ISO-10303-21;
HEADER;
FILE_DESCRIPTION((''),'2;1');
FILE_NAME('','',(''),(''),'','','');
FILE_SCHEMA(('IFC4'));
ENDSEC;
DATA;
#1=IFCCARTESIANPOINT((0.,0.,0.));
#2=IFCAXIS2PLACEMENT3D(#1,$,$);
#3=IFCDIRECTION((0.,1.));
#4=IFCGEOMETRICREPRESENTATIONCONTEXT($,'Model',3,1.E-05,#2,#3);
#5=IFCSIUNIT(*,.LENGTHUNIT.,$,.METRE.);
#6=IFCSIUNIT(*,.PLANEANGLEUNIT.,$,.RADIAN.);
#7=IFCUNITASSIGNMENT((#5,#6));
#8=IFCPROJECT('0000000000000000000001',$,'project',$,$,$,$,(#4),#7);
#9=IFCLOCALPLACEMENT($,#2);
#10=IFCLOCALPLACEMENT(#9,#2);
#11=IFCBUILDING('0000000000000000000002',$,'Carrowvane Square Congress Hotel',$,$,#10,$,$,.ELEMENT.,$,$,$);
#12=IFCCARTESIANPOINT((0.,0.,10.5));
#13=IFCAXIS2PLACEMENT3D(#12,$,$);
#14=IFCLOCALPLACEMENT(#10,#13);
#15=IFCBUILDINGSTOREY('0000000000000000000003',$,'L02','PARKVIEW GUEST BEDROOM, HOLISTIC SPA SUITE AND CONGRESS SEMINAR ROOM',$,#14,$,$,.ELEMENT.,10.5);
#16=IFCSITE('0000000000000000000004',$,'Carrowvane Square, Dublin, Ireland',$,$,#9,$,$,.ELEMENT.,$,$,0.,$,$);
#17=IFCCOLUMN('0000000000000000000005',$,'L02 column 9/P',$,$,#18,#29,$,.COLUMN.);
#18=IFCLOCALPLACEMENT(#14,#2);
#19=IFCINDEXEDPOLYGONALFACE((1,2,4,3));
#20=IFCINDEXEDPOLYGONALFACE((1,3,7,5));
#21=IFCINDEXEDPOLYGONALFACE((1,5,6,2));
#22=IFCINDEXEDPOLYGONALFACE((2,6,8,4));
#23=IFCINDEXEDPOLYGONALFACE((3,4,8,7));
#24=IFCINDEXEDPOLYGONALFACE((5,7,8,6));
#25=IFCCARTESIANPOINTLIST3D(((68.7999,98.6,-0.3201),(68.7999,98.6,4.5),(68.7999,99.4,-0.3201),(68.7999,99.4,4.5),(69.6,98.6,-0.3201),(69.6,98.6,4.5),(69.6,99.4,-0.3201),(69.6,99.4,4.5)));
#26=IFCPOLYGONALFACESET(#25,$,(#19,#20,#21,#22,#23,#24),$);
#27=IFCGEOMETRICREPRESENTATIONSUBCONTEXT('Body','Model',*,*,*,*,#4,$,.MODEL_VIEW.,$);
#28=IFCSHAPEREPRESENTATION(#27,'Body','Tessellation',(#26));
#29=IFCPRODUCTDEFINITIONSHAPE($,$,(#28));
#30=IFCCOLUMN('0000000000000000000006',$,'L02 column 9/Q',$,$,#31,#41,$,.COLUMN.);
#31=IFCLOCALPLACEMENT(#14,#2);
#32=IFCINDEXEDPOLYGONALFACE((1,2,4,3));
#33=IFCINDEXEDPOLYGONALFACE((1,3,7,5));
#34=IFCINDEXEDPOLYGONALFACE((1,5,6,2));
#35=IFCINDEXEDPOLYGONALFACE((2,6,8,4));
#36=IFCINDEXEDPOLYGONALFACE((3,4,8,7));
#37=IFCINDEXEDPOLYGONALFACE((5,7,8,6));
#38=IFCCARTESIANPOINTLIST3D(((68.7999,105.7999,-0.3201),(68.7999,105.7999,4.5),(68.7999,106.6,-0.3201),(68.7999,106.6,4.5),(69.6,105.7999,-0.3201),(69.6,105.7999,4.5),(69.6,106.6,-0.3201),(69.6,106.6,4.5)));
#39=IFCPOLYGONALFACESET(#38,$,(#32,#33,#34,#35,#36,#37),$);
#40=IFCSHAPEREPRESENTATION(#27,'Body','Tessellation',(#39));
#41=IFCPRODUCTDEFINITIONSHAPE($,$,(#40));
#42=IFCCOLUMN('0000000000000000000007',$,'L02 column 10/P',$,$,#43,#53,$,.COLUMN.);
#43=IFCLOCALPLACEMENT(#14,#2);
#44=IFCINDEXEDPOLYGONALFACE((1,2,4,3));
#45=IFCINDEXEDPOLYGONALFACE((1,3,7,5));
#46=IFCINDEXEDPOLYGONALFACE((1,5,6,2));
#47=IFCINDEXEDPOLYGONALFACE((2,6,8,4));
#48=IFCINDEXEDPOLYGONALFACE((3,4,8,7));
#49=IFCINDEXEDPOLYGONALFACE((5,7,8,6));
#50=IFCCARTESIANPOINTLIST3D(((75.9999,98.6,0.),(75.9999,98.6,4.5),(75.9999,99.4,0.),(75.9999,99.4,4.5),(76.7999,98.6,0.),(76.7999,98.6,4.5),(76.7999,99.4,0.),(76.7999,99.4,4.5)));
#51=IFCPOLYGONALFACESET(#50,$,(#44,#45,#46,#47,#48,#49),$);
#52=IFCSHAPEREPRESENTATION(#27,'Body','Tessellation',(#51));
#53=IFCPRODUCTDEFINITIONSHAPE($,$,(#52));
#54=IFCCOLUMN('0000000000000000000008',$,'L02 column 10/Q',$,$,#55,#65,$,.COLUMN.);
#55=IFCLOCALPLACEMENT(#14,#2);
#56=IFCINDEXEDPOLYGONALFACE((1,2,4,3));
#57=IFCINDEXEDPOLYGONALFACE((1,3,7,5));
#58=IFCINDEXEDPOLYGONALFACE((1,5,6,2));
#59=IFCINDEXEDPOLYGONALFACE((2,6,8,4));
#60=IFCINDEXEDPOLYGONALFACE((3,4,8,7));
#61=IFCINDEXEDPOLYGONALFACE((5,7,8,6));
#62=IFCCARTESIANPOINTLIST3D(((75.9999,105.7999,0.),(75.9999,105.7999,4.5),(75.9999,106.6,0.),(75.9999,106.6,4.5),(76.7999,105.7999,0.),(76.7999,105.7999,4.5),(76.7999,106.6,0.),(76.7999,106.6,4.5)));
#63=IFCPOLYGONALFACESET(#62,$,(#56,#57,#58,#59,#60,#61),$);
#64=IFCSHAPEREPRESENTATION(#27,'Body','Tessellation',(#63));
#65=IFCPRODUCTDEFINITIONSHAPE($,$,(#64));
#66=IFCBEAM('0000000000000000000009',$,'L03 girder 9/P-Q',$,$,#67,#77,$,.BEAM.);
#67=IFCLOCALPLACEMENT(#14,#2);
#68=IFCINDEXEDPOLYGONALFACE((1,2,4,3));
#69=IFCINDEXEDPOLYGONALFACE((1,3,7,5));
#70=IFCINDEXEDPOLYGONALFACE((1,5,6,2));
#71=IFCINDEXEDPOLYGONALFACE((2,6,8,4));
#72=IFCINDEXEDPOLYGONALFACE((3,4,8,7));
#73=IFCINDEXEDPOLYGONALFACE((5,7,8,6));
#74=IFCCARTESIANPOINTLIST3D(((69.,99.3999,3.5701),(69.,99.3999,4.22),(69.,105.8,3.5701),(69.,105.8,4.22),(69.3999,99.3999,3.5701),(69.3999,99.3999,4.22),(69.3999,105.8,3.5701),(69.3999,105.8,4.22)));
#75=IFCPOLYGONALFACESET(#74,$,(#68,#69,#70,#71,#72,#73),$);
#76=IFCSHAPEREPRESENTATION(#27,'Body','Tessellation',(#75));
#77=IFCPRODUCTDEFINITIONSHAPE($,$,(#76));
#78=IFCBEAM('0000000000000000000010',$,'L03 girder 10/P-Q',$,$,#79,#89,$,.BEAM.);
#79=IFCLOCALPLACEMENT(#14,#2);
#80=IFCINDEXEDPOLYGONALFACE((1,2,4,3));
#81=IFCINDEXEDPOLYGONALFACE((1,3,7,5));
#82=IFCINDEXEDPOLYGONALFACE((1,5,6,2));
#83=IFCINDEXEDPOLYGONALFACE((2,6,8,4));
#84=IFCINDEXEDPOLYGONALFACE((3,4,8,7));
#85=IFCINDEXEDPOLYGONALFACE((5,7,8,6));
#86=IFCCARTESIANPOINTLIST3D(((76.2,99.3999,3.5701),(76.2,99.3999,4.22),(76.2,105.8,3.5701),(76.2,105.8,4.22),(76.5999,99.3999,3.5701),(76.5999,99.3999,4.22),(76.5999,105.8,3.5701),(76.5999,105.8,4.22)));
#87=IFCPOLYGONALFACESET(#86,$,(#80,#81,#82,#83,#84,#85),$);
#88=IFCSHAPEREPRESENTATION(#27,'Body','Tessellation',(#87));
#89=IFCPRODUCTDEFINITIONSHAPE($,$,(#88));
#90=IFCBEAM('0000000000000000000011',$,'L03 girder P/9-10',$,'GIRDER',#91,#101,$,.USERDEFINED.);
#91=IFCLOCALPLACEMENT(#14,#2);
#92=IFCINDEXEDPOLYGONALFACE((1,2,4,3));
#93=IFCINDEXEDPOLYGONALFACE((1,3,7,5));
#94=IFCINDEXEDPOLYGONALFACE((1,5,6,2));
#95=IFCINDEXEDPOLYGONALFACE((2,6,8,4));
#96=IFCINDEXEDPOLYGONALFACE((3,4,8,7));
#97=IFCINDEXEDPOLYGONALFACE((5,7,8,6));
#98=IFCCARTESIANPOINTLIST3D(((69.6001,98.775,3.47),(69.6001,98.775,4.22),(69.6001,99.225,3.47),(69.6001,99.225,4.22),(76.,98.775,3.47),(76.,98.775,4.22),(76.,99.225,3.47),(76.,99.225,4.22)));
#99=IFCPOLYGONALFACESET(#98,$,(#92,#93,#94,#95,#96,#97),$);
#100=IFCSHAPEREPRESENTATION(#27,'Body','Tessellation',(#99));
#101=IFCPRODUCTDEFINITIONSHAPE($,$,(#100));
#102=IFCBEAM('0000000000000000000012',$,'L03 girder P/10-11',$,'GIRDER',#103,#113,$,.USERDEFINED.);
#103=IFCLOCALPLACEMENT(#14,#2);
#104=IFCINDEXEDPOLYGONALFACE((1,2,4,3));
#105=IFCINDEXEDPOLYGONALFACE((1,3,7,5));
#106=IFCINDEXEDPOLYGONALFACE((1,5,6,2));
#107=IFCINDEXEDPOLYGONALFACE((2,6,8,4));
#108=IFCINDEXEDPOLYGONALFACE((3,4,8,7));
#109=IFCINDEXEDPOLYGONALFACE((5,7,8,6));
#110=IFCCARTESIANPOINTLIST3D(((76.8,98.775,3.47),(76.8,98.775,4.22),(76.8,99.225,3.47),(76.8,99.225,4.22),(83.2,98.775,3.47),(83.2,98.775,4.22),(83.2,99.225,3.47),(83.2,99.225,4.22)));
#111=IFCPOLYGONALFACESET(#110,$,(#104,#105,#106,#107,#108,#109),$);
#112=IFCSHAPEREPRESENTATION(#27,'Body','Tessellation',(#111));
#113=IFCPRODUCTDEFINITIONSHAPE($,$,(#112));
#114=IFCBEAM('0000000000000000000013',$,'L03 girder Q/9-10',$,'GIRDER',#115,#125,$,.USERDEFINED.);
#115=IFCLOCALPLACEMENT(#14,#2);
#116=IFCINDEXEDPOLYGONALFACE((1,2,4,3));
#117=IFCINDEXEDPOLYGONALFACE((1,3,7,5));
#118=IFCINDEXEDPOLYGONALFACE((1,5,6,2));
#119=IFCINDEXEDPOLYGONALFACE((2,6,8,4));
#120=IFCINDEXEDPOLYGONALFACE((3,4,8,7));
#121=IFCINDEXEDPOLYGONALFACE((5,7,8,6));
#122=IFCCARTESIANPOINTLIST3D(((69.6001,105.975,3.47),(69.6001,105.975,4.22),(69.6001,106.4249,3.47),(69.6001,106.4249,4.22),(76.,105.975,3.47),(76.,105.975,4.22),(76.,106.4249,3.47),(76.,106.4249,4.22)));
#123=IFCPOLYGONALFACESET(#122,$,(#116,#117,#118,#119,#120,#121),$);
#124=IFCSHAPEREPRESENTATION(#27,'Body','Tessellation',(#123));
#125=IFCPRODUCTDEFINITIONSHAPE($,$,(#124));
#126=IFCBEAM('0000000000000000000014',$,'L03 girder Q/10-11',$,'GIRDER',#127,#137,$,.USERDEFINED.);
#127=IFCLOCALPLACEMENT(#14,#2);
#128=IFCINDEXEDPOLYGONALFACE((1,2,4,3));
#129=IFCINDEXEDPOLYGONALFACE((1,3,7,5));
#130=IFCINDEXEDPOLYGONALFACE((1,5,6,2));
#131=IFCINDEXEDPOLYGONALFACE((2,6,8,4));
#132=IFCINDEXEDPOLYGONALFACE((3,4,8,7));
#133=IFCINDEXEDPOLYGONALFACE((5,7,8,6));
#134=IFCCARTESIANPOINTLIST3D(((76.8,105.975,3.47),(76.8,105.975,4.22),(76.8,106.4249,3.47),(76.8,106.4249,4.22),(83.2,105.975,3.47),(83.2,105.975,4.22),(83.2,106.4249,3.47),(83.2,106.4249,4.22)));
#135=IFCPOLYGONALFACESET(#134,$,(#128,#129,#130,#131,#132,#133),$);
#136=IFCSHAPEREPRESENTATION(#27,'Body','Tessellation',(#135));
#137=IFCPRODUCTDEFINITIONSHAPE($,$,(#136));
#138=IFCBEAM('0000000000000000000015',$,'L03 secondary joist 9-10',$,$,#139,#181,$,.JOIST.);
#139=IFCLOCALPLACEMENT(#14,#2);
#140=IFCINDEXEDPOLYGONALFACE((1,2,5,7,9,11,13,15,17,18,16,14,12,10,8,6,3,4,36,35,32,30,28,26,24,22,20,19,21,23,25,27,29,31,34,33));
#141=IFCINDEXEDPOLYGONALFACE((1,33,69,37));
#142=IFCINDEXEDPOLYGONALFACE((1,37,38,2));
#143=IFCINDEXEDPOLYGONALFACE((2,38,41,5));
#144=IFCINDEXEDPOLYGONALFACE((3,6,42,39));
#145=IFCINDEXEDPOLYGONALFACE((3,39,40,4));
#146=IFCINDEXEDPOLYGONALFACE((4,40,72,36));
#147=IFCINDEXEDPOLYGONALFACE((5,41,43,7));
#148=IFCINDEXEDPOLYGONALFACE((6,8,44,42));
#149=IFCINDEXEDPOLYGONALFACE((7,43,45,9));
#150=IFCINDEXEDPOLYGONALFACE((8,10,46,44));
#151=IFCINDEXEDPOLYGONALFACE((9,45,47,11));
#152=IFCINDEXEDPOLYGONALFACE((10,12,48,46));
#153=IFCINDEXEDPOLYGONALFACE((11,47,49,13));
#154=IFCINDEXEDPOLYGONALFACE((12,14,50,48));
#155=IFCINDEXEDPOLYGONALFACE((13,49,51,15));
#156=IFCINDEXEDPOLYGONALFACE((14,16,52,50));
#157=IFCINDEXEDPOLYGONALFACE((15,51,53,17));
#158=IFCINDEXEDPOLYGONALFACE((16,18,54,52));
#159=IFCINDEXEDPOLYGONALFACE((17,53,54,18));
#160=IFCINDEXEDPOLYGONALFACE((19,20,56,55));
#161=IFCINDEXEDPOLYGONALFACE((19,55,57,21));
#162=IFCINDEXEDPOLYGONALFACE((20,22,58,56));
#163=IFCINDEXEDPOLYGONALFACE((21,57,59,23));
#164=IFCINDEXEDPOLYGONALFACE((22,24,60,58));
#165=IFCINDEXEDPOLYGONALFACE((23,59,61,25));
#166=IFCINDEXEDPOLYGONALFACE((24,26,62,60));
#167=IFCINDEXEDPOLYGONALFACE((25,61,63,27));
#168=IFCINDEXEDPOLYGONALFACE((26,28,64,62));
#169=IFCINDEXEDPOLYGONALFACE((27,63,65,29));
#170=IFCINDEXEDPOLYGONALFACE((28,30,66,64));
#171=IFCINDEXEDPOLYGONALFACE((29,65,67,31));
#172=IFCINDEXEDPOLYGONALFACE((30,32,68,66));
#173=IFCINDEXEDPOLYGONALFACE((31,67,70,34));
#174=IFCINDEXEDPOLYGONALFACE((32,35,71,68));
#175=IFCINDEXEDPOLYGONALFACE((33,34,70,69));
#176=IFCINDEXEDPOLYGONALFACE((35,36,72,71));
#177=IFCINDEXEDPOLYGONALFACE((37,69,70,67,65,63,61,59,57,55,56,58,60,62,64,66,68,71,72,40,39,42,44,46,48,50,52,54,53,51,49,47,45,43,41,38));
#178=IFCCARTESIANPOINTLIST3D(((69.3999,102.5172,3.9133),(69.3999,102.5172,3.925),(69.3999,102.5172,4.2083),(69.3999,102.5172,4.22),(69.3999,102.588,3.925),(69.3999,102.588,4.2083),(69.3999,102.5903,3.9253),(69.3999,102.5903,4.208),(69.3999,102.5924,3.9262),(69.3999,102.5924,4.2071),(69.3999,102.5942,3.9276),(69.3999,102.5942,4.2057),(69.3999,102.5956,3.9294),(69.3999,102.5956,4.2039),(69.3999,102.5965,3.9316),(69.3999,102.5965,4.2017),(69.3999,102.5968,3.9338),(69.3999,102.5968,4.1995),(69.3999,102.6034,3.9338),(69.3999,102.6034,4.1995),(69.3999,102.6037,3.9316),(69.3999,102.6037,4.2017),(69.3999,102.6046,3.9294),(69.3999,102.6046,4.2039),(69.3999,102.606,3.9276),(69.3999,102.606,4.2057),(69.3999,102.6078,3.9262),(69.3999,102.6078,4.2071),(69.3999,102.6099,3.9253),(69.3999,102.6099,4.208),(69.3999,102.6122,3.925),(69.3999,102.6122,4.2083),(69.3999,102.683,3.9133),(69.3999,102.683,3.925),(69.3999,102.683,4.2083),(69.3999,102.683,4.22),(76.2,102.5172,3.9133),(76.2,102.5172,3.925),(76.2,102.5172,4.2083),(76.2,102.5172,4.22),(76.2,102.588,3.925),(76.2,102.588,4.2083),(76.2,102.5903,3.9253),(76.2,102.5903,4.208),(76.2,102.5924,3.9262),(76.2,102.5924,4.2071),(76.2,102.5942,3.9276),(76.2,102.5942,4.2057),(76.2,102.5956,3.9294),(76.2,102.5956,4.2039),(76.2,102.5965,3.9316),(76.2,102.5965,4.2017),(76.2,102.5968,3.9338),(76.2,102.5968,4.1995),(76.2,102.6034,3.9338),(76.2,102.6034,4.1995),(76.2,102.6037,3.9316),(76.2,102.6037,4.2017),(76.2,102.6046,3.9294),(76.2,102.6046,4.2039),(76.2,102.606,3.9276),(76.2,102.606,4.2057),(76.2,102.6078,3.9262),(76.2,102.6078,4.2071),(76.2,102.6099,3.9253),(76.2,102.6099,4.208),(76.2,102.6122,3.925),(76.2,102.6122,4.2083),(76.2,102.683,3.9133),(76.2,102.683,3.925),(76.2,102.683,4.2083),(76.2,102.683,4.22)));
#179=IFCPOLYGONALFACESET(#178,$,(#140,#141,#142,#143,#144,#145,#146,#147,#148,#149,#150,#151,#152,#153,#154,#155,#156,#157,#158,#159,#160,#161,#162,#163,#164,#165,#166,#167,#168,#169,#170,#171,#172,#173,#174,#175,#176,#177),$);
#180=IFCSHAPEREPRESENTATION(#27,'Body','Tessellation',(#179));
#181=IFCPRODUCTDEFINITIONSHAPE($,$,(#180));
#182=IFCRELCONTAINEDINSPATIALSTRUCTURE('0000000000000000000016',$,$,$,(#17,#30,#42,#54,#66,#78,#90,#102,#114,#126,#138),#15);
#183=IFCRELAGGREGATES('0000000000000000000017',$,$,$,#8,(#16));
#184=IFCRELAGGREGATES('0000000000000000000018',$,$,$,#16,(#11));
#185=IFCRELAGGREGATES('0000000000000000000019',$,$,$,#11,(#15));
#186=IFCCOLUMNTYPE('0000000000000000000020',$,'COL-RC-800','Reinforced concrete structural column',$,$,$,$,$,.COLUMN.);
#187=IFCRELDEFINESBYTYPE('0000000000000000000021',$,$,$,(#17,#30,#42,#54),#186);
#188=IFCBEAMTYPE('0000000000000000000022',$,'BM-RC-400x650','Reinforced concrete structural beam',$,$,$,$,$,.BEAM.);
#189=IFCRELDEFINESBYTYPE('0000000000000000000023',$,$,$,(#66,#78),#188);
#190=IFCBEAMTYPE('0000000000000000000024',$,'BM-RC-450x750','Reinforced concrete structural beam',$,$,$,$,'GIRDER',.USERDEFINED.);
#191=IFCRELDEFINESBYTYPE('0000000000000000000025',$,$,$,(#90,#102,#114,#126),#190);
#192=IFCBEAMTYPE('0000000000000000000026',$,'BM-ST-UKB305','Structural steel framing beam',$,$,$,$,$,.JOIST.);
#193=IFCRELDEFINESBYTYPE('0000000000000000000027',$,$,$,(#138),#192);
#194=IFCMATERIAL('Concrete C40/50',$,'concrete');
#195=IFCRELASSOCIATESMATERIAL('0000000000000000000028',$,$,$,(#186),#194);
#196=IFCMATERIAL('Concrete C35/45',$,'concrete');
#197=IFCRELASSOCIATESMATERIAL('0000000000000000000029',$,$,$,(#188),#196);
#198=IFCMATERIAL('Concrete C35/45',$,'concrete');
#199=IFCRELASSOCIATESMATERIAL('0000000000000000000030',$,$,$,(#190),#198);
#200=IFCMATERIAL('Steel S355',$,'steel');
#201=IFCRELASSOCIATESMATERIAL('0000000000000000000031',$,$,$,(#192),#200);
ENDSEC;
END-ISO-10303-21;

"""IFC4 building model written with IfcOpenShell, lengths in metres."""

from ifc_helpers import new_model, si_unit, direction, frame, origin, origin_2d, place, context, subcontext, project, spatial, rectangle, i_section, extrude, material, material_profile, profile_set, type_object, element, save


model = new_model("IFC4")

# Units and contexts
model_context = context("Model", 3, precision=1e-05, world=origin(), true_north=direction((0.0, 1.0)))
body_context = subcontext(model_context, "Body", "Model", "MODEL_VIEW")
ifc_project = project(units=[si_unit("LENGTHUNIT", "METRE"), si_unit("PLANEANGLEUNIT", "RADIAN")], contexts=[model_context])

# Site, building, storey
site_placement = place(None, origin())
site = spatial("IfcSite", under=ifc_project, at=site_placement, Name="Carrowvane Square, Dublin, Ireland", CompositionType="ELEMENT", RefElevation=0.0)
building_placement = place(site_placement, origin())
building = spatial("IfcBuilding", under=site, at=building_placement, Name="Carrowvane Square Congress Hotel", CompositionType="ELEMENT")
storey_placement = place(building_placement, frame((0.0, 0.0, 10.5)))
storey = spatial("IfcBuildingStorey", under=building, at=storey_placement, Name="L02", Description="PARKVIEW GUEST BEDROOM, HOLISTIC SPA SUITE AND CONGRESS SEMINAR ROOM", CompositionType="ELEMENT", Elevation=10.5)

# Columns
ifc_material_1 = material(Name="Concrete C40/50", Category="concrete")
ifc_material_profile_1 = material_profile(ifc_material_1, rectangle(XDim=0.8, YDim=0.8, at=origin_2d()), Name="RC 800x800")
ifc_profile_set_1 = profile_set([ifc_material_profile_1], Name="Concrete C40/50")
column_type = type_object("IfcColumnType", Name="COL-RC-800", Description="Reinforced concrete structural column", PredefinedType="COLUMN", material=ifc_profile_set_1)
for number, where, z_axis, x_axis, name in (
    (1, (69.2, 99.0, -0.3201), (0.0, 0.0, 1.0), (1.0, 0.0, 0.0), "L02 column 9/P"),
    (2, (69.2, 106.2, -0.3201), (0.0, 0.0, 1.0), (1.0, 0.0, 0.0), "L02 column 9/Q"),
):
    element("IfcColumn", number, at=place(storey_placement, frame(where, z_axis=z_axis, x_axis=x_axis)), inside=storey, type_object=column_type, Name=name, PredefinedType="COLUMN", context=body_context, shape_type="SweptSolid", body=[
        extrude(rectangle(XDim=0.8, YDim=0.8, at=origin_2d()), origin(), (0.0, 0.0, 1.0), 4.8201),
    ])
for number, where, z_axis, x_axis, name in (
    (3, (76.3999, 99.0, 0.0), (0.0, 0.0, 1.0), (1.0, 0.0, 0.0), "L02 column 10/P"),
    (4, (76.3999, 106.2, 0.0), (0.0, 0.0, 1.0), (1.0, 0.0, 0.0), "L02 column 10/Q"),
):
    element("IfcColumn", number, at=place(storey_placement, frame(where, z_axis=z_axis, x_axis=x_axis)), inside=storey, type_object=column_type, Name=name, PredefinedType="COLUMN", context=body_context, shape_type="SweptSolid", body=[
        extrude(rectangle(XDim=0.8, YDim=0.8, at=origin_2d()), origin(), (0.0, 0.0, 1.0), 4.5),
    ])

# Beams
ifc_material_2 = material(Name="Concrete C35/45", Category="concrete")
ifc_material_profile_2 = material_profile(ifc_material_2, rectangle(XDim=0.3999, YDim=0.6499, at=origin_2d()), Name="RC 400x650")
ifc_profile_set_2 = profile_set([ifc_material_profile_2], Name="Concrete C35/45")
beam_type_1 = type_object("IfcBeamType", Name="BM-RC-400x650", Description="Reinforced concrete structural beam", PredefinedType="BEAM", material=ifc_profile_set_2)
for number, where, z_axis, x_axis, name in (
    (5, (69.2, 99.3999, 3.895), (0.0, 1.0, 0.0), (-1.0, 0.0, 0.0), "L03 girder 9/P-Q"),
    (6, (76.3999, 99.3999, 3.895), (0.0, 1.0, 0.0), (-1.0, 0.0, 0.0), "L03 girder 10/P-Q"),
):
    element("IfcBeam", number, at=place(storey_placement, frame(where, z_axis=z_axis, x_axis=x_axis)), inside=storey, type_object=beam_type_1, Name=name, PredefinedType="BEAM", context=body_context, shape_type="SweptSolid", body=[
        extrude(rectangle(XDim=0.3999, YDim=0.6499, at=origin_2d()), origin(), (0.0, 0.0, 1.0), 6.4001),
    ])
ifc_material_3 = material(Name="Concrete C35/45", Category="concrete")
ifc_material_profile_3 = material_profile(ifc_material_3, rectangle(XDim=0.45, YDim=0.75, at=origin_2d()), Name="RC 450x750")
ifc_profile_set_3 = profile_set([ifc_material_profile_3], Name="Concrete C35/45")
beam_type_2 = type_object("IfcBeamType", Name="BM-RC-450x750", Description="Reinforced concrete structural beam", ElementType="GIRDER", PredefinedType="USERDEFINED", material=ifc_profile_set_3)
for number, where, z_axis, x_axis, name in (
    (7, (69.6001, 99.0, 3.845), (1.0, 0.0, 0.0), (0.0, 1.0, 0.0), "L03 girder P/9-10"),
    (8, (76.8, 99.0, 3.845), (1.0, 0.0, 0.0), (0.0, 1.0, 0.0), "L03 girder P/10-11"),
    (9, (69.6001, 106.2, 3.845), (1.0, 0.0, 0.0), (0.0, 1.0, 0.0), "L03 girder Q/9-10"),
    (10, (76.8, 106.2, 3.845), (1.0, 0.0, 0.0), (0.0, 1.0, 0.0), "L03 girder Q/10-11"),
):
    element("IfcBeam", number, at=place(storey_placement, frame(where, z_axis=z_axis, x_axis=x_axis)), inside=storey, type_object=beam_type_2, Name=name, ObjectType="GIRDER", PredefinedType="USERDEFINED", context=body_context, shape_type="SweptSolid", body=[
        extrude(rectangle(XDim=0.45, YDim=0.75, at=origin_2d()), origin(), (0.0, 0.0, 1.0), 6.3999),
    ])
ifc_material_4 = material(Name="Steel S355", Category="steel")
ifc_material_profile_4 = material_profile(ifc_material_4, i_section(OverallWidth=0.1658, OverallDepth=0.3066, WebThickness=0.0066, FlangeThickness=0.0117, FilletRadius=0.0088, at=origin_2d()), Name="UKB 305x165x46")
ifc_profile_set_4 = profile_set([ifc_material_profile_4], Name="Steel S355")
beam_type_3 = type_object("IfcBeamType", Name="BM-ST-UKB305", Description="Structural steel framing beam", PredefinedType="JOIST", material=ifc_profile_set_4)
beam_1_placement = place(storey_placement, frame((69.3999, 102.6001, 4.0667), z_axis=(1.0, 0.0, 0.0), x_axis=(0.0, 1.0, 0.0)))
element("IfcBeam", 11, at=beam_1_placement, inside=storey, type_object=beam_type_3, Name="L03 secondary joist 9-10", PredefinedType="JOIST", context=body_context, shape_type="SweptSolid", body=[
    extrude(i_section(OverallWidth=0.1658, OverallDepth=0.3066, WebThickness=0.0066, FlangeThickness=0.0117, FilletRadius=0.0088, at=origin_2d()), origin(), (0.0, 0.0, 1.0), 6.8),
])

save(model, "model.ifc")
